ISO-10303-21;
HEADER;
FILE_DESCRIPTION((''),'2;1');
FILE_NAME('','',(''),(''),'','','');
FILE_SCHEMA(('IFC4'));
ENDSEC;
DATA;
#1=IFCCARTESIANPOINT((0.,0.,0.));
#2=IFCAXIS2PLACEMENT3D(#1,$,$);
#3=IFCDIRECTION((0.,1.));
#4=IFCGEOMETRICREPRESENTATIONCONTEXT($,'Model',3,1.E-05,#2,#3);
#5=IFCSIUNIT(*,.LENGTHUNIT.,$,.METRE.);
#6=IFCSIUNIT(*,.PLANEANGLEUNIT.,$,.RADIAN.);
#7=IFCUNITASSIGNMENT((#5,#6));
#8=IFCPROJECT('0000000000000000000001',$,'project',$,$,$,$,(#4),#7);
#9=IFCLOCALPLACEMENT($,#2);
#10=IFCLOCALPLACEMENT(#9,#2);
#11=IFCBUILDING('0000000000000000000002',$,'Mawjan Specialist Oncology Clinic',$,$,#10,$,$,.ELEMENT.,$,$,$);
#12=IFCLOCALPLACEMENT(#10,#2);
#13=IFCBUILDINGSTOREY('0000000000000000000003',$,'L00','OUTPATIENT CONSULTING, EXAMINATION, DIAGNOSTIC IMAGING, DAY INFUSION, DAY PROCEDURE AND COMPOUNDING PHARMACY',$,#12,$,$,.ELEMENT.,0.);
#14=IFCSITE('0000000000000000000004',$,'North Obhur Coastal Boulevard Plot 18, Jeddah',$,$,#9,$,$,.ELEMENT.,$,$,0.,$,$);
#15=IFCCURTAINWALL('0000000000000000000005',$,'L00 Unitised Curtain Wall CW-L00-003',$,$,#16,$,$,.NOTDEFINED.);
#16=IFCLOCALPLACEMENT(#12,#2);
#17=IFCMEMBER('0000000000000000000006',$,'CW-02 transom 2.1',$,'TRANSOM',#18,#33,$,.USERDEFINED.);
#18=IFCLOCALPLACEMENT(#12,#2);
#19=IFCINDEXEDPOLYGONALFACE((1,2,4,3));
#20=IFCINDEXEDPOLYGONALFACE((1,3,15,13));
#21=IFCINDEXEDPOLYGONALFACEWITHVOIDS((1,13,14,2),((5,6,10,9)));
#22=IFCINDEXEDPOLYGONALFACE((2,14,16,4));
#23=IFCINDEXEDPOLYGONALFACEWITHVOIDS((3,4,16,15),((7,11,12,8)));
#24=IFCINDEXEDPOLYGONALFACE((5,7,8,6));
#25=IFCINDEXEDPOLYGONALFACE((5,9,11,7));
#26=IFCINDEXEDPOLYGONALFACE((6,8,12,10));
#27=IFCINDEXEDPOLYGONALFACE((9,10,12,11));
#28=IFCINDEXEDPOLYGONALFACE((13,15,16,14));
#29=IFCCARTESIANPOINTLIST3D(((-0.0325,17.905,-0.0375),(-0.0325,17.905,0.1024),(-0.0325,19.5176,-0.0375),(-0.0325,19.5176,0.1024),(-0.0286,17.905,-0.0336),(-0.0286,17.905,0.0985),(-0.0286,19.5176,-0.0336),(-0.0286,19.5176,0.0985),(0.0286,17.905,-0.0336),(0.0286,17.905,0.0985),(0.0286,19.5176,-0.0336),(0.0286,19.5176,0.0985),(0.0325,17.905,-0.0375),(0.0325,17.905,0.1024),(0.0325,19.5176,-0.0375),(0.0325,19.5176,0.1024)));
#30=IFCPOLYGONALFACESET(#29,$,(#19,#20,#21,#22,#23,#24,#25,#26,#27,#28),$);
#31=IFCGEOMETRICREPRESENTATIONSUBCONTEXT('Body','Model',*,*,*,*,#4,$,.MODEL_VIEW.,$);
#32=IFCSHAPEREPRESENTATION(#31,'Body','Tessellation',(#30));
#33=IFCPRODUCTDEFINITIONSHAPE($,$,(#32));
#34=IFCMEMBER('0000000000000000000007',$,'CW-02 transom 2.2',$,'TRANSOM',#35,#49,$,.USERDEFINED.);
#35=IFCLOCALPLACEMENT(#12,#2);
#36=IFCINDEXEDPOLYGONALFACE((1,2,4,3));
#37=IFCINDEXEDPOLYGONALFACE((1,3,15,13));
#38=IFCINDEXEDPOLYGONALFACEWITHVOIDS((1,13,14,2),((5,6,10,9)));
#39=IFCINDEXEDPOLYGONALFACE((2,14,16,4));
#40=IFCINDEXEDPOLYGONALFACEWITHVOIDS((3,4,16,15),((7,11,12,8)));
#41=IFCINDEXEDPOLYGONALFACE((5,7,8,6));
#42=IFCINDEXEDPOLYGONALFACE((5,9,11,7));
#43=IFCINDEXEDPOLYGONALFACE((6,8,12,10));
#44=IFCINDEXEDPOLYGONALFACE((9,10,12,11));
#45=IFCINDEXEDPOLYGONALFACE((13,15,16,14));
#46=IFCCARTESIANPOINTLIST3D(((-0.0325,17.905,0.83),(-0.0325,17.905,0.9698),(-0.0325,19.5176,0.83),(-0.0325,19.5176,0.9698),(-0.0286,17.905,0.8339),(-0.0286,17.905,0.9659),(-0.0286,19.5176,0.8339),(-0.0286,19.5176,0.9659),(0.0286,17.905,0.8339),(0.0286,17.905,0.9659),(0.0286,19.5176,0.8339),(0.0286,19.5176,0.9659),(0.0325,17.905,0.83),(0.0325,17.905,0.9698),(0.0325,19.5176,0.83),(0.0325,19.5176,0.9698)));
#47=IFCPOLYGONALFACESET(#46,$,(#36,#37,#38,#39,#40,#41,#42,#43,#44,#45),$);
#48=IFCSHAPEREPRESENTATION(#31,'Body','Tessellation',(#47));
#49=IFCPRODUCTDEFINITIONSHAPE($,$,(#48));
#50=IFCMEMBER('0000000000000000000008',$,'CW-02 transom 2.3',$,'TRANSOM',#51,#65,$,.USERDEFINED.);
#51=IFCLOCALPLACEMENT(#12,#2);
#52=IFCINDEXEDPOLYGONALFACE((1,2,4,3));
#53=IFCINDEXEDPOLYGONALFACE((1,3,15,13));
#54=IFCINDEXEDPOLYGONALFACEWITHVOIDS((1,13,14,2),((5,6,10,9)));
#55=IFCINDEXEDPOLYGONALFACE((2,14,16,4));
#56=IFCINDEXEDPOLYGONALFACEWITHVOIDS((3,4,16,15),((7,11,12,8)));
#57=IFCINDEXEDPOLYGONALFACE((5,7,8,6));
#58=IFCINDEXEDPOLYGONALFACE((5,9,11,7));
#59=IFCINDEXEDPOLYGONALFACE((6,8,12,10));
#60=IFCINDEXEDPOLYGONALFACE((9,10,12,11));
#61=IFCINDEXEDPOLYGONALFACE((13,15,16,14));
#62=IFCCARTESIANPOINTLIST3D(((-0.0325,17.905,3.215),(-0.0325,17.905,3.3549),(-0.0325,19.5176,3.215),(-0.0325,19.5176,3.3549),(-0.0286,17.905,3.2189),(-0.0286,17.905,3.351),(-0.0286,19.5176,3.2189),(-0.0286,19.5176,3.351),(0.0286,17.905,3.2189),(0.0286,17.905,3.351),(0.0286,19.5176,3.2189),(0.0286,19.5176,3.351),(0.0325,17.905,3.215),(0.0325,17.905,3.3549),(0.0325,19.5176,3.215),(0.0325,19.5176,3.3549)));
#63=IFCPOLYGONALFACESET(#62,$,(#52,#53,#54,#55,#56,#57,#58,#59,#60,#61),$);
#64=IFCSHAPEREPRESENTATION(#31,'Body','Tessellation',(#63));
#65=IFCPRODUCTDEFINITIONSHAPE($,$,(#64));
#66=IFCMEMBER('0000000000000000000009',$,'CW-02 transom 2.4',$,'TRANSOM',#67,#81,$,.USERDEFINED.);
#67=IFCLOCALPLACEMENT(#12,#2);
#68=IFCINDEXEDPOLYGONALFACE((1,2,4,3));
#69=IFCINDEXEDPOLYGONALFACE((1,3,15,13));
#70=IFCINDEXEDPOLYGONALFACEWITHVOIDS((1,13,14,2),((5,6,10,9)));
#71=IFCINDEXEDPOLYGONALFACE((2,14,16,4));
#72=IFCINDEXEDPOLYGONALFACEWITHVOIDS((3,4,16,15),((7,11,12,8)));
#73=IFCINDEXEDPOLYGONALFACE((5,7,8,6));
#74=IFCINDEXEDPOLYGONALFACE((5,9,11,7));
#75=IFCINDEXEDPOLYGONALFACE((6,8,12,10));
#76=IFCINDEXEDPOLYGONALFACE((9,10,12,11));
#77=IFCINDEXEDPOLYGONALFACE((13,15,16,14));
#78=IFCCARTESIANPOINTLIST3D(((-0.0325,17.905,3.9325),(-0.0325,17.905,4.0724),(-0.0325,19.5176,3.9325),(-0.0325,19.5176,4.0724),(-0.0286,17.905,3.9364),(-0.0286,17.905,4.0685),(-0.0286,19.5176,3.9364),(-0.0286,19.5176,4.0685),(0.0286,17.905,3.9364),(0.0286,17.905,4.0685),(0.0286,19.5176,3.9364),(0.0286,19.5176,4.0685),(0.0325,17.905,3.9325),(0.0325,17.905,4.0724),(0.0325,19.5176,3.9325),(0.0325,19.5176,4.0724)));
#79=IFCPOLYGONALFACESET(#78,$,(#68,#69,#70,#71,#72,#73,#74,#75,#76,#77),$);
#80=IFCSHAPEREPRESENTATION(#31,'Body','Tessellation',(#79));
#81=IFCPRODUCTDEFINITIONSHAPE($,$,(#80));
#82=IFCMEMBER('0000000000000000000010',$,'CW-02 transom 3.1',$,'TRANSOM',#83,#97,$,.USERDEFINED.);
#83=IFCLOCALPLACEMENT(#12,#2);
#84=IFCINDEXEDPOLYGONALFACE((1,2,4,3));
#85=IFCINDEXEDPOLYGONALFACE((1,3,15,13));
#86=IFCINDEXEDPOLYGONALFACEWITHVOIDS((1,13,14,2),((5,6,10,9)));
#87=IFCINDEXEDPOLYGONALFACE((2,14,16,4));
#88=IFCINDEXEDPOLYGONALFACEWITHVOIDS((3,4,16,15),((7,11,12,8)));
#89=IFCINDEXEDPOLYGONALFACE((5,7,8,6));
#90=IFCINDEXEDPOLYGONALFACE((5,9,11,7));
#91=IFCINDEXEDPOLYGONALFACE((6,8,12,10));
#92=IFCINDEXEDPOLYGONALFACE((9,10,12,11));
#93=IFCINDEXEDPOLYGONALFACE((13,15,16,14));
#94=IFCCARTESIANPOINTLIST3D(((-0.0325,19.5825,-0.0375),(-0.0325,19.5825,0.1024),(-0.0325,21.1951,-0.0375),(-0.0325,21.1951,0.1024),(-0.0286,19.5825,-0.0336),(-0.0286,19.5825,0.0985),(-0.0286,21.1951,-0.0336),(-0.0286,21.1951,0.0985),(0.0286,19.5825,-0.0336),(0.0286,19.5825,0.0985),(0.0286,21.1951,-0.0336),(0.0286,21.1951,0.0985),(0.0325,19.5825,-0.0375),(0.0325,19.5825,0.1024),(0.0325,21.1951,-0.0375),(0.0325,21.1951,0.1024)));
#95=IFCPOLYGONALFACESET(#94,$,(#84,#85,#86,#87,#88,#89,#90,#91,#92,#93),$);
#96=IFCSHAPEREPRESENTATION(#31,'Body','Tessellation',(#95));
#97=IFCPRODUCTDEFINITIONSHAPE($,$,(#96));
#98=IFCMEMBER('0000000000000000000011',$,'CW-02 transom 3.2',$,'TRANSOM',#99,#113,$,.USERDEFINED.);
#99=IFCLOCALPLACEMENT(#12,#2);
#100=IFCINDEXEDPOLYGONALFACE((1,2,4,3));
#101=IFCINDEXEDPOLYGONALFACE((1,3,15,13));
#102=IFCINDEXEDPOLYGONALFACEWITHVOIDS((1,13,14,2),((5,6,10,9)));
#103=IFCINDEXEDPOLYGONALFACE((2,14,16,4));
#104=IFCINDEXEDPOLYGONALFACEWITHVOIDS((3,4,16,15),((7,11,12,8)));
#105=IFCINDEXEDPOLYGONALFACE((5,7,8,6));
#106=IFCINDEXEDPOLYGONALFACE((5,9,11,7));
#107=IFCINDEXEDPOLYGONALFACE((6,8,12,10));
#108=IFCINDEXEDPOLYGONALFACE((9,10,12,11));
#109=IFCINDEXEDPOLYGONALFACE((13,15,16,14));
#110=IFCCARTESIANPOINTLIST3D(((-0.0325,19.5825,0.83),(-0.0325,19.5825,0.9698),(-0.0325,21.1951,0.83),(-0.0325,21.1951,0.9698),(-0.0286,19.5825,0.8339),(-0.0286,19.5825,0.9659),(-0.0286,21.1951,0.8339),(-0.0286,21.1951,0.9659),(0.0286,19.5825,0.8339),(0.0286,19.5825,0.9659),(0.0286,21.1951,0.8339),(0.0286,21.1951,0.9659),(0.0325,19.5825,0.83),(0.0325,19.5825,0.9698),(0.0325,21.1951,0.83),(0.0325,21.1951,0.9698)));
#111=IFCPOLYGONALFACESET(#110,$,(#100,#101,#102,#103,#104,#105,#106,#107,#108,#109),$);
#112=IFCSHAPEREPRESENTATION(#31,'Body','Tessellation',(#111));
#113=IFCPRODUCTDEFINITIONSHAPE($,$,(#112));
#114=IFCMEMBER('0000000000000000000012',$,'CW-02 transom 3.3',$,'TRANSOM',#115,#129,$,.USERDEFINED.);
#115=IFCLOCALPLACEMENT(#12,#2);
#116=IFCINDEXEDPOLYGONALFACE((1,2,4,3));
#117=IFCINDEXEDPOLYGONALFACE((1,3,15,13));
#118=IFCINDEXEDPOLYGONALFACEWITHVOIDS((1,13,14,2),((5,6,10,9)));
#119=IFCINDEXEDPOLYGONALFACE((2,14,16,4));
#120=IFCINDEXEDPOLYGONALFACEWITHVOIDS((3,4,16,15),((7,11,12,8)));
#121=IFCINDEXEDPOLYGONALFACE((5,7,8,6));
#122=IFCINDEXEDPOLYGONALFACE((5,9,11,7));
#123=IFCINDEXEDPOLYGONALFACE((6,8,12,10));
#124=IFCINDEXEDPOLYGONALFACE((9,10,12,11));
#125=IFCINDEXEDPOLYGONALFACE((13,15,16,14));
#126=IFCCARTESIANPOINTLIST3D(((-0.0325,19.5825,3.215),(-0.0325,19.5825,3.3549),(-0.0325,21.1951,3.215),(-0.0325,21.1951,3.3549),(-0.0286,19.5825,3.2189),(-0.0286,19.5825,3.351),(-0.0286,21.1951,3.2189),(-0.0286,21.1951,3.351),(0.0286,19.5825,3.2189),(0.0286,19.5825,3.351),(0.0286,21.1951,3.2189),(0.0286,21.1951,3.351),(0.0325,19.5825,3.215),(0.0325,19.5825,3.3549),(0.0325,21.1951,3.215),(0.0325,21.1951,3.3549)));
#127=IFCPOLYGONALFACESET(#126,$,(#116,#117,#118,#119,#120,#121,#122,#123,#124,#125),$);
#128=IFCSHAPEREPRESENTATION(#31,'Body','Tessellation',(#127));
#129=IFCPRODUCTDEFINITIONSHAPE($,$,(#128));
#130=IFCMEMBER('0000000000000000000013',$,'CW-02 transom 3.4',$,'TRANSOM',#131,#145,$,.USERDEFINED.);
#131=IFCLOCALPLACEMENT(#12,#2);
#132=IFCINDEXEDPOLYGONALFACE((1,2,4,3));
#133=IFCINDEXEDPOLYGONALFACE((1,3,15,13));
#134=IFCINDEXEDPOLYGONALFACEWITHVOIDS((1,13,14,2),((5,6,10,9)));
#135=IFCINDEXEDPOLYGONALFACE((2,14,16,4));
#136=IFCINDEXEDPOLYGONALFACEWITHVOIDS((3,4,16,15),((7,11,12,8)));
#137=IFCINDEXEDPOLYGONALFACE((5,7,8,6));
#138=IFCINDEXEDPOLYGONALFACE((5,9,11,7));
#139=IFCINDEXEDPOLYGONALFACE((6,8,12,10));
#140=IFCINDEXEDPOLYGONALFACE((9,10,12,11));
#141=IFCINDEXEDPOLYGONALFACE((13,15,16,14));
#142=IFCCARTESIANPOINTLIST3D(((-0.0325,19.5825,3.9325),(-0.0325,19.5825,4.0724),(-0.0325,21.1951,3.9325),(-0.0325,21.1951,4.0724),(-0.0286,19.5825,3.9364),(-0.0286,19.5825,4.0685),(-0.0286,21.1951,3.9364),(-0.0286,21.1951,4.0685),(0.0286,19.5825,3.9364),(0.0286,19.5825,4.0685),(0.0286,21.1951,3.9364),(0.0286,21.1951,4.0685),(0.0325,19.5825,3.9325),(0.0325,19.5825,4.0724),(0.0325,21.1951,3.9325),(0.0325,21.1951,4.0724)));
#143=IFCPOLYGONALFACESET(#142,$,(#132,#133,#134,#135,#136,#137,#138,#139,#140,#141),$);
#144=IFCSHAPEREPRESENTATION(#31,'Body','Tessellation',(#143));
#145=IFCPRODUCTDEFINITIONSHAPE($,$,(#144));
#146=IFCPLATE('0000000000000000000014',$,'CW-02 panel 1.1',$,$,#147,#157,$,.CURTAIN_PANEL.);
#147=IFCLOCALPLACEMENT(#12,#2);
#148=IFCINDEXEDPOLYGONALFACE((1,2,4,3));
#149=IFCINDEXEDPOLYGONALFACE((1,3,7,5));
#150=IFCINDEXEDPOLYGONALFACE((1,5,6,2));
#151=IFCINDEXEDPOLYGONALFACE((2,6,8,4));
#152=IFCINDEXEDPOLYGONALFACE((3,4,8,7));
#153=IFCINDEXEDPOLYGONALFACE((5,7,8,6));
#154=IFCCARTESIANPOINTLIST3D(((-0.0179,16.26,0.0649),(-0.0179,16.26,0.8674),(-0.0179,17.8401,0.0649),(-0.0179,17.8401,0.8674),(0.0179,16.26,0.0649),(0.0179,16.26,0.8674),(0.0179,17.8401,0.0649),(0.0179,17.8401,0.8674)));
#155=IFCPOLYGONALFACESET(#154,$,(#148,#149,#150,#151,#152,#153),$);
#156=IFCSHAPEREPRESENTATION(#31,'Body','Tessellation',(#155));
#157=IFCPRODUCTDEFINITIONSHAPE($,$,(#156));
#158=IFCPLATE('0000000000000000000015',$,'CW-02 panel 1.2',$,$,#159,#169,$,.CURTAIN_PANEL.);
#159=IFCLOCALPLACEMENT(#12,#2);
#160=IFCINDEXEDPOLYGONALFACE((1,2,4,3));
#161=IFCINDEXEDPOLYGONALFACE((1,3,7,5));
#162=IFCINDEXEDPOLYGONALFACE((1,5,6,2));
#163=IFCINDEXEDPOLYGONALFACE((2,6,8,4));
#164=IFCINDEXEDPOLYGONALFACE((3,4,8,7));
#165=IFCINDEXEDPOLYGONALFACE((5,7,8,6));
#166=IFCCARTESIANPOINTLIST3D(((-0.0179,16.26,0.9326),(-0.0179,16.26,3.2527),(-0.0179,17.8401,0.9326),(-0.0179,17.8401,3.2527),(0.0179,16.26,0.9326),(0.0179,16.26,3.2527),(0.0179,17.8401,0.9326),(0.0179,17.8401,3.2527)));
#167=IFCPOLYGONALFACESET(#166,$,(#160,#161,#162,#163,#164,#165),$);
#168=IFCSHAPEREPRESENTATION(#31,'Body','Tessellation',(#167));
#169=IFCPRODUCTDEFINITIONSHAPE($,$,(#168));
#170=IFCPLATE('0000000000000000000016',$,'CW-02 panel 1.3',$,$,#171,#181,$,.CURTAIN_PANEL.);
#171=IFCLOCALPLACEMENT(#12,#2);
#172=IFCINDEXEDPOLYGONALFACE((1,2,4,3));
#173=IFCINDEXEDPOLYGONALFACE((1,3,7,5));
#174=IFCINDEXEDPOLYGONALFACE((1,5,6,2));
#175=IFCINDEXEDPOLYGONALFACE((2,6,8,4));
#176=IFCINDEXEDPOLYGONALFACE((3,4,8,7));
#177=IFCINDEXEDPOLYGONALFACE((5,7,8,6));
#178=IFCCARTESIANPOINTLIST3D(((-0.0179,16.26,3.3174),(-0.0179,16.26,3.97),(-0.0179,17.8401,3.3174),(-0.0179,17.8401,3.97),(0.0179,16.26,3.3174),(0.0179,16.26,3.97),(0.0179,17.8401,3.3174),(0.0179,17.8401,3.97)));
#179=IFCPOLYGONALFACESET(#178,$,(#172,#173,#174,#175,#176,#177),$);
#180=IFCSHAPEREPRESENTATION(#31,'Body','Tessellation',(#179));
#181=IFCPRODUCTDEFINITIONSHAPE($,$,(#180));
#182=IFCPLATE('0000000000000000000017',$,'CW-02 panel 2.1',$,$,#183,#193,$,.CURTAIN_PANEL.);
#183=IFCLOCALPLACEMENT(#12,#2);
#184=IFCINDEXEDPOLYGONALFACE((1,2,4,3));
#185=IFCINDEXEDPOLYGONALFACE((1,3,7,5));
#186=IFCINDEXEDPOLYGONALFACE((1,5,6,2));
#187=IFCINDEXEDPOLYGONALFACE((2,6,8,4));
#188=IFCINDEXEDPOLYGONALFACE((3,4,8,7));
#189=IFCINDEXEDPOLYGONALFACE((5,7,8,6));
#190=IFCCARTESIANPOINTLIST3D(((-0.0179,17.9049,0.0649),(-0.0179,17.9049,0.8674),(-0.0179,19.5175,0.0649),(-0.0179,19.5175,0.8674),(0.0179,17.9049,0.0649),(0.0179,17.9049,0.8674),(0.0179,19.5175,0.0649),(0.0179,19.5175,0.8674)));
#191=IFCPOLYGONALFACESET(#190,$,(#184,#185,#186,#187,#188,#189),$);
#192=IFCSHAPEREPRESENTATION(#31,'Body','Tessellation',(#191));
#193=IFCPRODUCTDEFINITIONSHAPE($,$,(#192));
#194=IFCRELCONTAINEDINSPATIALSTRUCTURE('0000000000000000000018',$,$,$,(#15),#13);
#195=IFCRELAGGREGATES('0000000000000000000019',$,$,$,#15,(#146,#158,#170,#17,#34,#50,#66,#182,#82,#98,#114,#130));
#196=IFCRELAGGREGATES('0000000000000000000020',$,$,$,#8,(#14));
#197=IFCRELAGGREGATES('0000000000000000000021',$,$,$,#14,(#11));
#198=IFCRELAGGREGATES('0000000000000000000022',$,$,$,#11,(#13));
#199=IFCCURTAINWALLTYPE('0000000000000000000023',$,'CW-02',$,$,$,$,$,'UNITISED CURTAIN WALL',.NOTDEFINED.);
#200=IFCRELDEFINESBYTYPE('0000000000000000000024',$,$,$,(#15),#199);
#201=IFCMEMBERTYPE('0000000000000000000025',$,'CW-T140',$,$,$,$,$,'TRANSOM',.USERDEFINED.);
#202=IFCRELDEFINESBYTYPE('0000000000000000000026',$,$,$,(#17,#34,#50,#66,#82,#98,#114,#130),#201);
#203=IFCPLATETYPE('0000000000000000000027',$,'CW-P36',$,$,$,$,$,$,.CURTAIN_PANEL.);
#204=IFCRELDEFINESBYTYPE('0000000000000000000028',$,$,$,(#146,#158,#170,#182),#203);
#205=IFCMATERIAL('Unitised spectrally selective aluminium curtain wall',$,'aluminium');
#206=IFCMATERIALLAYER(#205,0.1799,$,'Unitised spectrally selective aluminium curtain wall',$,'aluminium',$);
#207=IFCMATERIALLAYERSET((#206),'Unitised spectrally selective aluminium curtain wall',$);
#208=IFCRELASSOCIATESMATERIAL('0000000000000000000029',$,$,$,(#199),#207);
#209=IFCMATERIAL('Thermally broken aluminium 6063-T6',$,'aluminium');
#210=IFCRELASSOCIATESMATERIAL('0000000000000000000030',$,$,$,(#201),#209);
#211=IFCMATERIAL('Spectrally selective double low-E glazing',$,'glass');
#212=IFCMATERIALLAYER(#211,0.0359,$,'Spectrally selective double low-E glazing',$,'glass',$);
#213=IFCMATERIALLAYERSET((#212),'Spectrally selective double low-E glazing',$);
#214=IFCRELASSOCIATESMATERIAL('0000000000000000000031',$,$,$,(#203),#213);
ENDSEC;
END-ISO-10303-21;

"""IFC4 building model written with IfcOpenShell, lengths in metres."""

from ifc_helpers import new_model, si_unit, direction, frame, origin, origin_2d, place, context, subcontext, project, spatial, rectangle, hollow_rectangle, extrude, material, layer, layer_set, material_profile, profile_set, type_object, element, aggregate, save


model = new_model("IFC4")

# Units and contexts
model_context = context("Model", 3, precision=1e-05, world=origin(), true_north=direction((0.0, 1.0)))
body_context = subcontext(model_context, "Body", "Model", "MODEL_VIEW")
ifc_project = project(units=[si_unit("LENGTHUNIT", "METRE"), si_unit("PLANEANGLEUNIT", "RADIAN")], contexts=[model_context])

# Site, building, storey
site_placement = place(None, origin())
site = spatial("IfcSite", under=ifc_project, at=site_placement, Name="North Obhur Coastal Boulevard Plot 18, Jeddah", CompositionType="ELEMENT", RefElevation=0.0)
building_placement = place(site_placement, origin())
building = spatial("IfcBuilding", under=site, at=building_placement, Name="Mawjan Specialist Oncology Clinic", CompositionType="ELEMENT")
storey_placement = place(building_placement, origin())
storey = spatial("IfcBuildingStorey", under=building, at=storey_placement, Name="L00", Description="OUTPATIENT CONSULTING, EXAMINATION, DIAGNOSTIC IMAGING, DAY INFUSION, DAY PROCEDURE AND COMPOUNDING PHARMACY", CompositionType="ELEMENT", Elevation=0.0)

# Curtain wall, members, plates
ifc_material_1 = material(Name="Unitised spectrally selective aluminium curtain wall", Category="aluminium")
ifc_layer_1 = layer(ifc_material_1, 0.1799, Name="Unitised spectrally selective aluminium curtain wall", Category="aluminium")
ifc_layer_set_1 = layer_set([ifc_layer_1], Name="Unitised spectrally selective aluminium curtain wall")
curtain_wall_type = type_object("IfcCurtainWallType", Name="CW-02", ElementType="UNITISED CURTAIN WALL", PredefinedType="NOTDEFINED", material=ifc_layer_set_1)
curtain_wall_placement = place(storey_placement, origin())
curtain_wall = element("IfcCurtainWall", 1, at=curtain_wall_placement, inside=storey, type_object=curtain_wall_type, Name="L00 Unitised Curtain Wall CW-L00-003", PredefinedType="NOTDEFINED")
ifc_material_2 = material(Name="Thermally broken aluminium 6063-T6", Category="aluminium")
ifc_material_profile_1 = material_profile(ifc_material_2, hollow_rectangle(XDim=0.0649, YDim=0.1399, WallThickness=0.0039, at=origin_2d()), Name="ALU TRANSOM 140x65x4", Category="aluminium")
ifc_profile_set_1 = profile_set([ifc_material_profile_1], Name="Thermally broken aluminium 6063-T6")
member_type_1 = type_object("IfcMemberType", Name="CW-T140", ElementType="TRANSOM", PredefinedType="USERDEFINED", material=ifc_profile_set_1)
member_1_placement = place(storey_placement, frame((0.0, 17.905, 0.0325), z_axis=(0.0, 1.0, 0.0), x_axis=(-1.0, 0.0, 0.0)))
member_1 = element("IfcMember", 2, at=member_1_placement, type_object=member_type_1, Name="CW-02 transom 2.1", ObjectType="TRANSOM", PredefinedType="USERDEFINED", context=body_context, shape_type="SweptSolid", body=[
    extrude(hollow_rectangle(XDim=0.0649, YDim=0.1399, WallThickness=0.0039, at=origin_2d()), origin(), (0.0, 0.0, 1.0), 1.6125),
])
member_2_placement = place(storey_placement, frame((0.0, 17.905, 0.8999), z_axis=(0.0, 1.0, 0.0), x_axis=(-1.0, 0.0, 0.0)))
member_2 = element("IfcMember", 3, at=member_2_placement, type_object=member_type_1, Name="CW-02 transom 2.2", ObjectType="TRANSOM", PredefinedType="USERDEFINED", context=body_context, shape_type="SweptSolid", body=[
    extrude(hollow_rectangle(XDim=0.0649, YDim=0.1399, WallThickness=0.0039, at=origin_2d()), origin(), (0.0, 0.0, 1.0), 1.6125),
])
member_3_placement = place(storey_placement, frame((0.0, 17.905, 3.2849), z_axis=(0.0, 1.0, 0.0), x_axis=(-1.0, 0.0, 0.0)))
member_3 = element("IfcMember", 4, at=member_3_placement, type_object=member_type_1, Name="CW-02 transom 2.3", ObjectType="TRANSOM", PredefinedType="USERDEFINED", context=body_context, shape_type="SweptSolid", body=[
    extrude(hollow_rectangle(XDim=0.0649, YDim=0.1399, WallThickness=0.0039, at=origin_2d()), origin(), (0.0, 0.0, 1.0), 1.6125),
])
member_4_placement = place(storey_placement, frame((0.0, 17.905, 4.0024), z_axis=(0.0, 1.0, 0.0), x_axis=(-1.0, 0.0, 0.0)))
member_4 = element("IfcMember", 5, at=member_4_placement, type_object=member_type_1, Name="CW-02 transom 2.4", ObjectType="TRANSOM", PredefinedType="USERDEFINED", context=body_context, shape_type="SweptSolid", body=[
    extrude(hollow_rectangle(XDim=0.0649, YDim=0.1399, WallThickness=0.0039, at=origin_2d()), origin(), (0.0, 0.0, 1.0), 1.6125),
])
member_5_placement = place(storey_placement, frame((0.0, 19.5825, 0.0325), z_axis=(0.0, 1.0, 0.0), x_axis=(-1.0, 0.0, 0.0)))
member_5 = element("IfcMember", 6, at=member_5_placement, type_object=member_type_1, Name="CW-02 transom 3.1", ObjectType="TRANSOM", PredefinedType="USERDEFINED", context=body_context, shape_type="SweptSolid", body=[
    extrude(hollow_rectangle(XDim=0.0649, YDim=0.1399, WallThickness=0.0039, at=origin_2d()), origin(), (0.0, 0.0, 1.0), 1.6125),
])
member_6_placement = place(storey_placement, frame((0.0, 19.5825, 0.8999), z_axis=(0.0, 1.0, 0.0), x_axis=(-1.0, 0.0, 0.0)))
member_6 = element("IfcMember", 7, at=member_6_placement, type_object=member_type_1, Name="CW-02 transom 3.2", ObjectType="TRANSOM", PredefinedType="USERDEFINED", context=body_context, shape_type="SweptSolid", body=[
    extrude(hollow_rectangle(XDim=0.0649, YDim=0.1399, WallThickness=0.0039, at=origin_2d()), origin(), (0.0, 0.0, 1.0), 1.6125),
])
member_7_placement = place(storey_placement, frame((0.0, 19.5825, 3.2849), z_axis=(0.0, 1.0, 0.0), x_axis=(-1.0, 0.0, 0.0)))
member_7 = element("IfcMember", 8, at=member_7_placement, type_object=member_type_1, Name="CW-02 transom 3.3", ObjectType="TRANSOM", PredefinedType="USERDEFINED", context=body_context, shape_type="SweptSolid", body=[
    extrude(hollow_rectangle(XDim=0.0649, YDim=0.1399, WallThickness=0.0039, at=origin_2d()), origin(), (0.0, 0.0, 1.0), 1.6125),
])
member_8_placement = place(storey_placement, frame((0.0, 19.5825, 4.0024), z_axis=(0.0, 1.0, 0.0), x_axis=(-1.0, 0.0, 0.0)))
member_8 = element("IfcMember", 9, at=member_8_placement, type_object=member_type_1, Name="CW-02 transom 3.4", ObjectType="TRANSOM", PredefinedType="USERDEFINED", context=body_context, shape_type="SweptSolid", body=[
    extrude(hollow_rectangle(XDim=0.0649, YDim=0.1399, WallThickness=0.0039, at=origin_2d()), origin(), (0.0, 0.0, 1.0), 1.6125),
])
ifc_material_3 = material(Name="Spectrally selective double low-E glazing", Category="glass")
ifc_layer_2 = layer(ifc_material_3, 0.0359, Name="Spectrally selective double low-E glazing", Category="glass")
ifc_layer_set_2 = layer_set([ifc_layer_2], Name="Spectrally selective double low-E glazing")
plate_type = type_object("IfcPlateType", Name="CW-P36", PredefinedType="CURTAIN_PANEL", material=ifc_layer_set_2)
plate_1_placement = place(storey_placement, frame((0.0, 17.05, 0.0649), z_axis=(0.0, 0.0, 1.0), x_axis=(0.0, 1.0, 0.0)))
plate_1 = element("IfcPlate", 10, at=plate_1_placement, type_object=plate_type, Name="CW-02 panel 1.1", PredefinedType="CURTAIN_PANEL", context=body_context, shape_type="SweptSolid", body=[
    extrude(rectangle(XDim=1.5801, YDim=0.0359, at=origin_2d()), origin(), (0.0, 0.0, 1.0), 0.8025),
])
plate_2_placement = place(storey_placement, frame((0.0, 17.05, 0.9326), z_axis=(0.0, 0.0, 1.0), x_axis=(0.0, 1.0, 0.0)))
plate_2 = element("IfcPlate", 11, at=plate_2_placement, type_object=plate_type, Name="CW-02 panel 1.2", PredefinedType="CURTAIN_PANEL", context=body_context, shape_type="SweptSolid", body=[
    extrude(rectangle(XDim=1.5801, YDim=0.0359, at=origin_2d()), origin(), (0.0, 0.0, 1.0), 2.3201),
])
plate_3_placement = place(storey_placement, frame((0.0, 17.05, 3.3174), z_axis=(0.0, 0.0, 1.0), x_axis=(0.0, 1.0, 0.0)))
plate_3 = element("IfcPlate", 12, at=plate_3_placement, type_object=plate_type, Name="CW-02 panel 1.3", PredefinedType="CURTAIN_PANEL", context=body_context, shape_type="SweptSolid", body=[
    extrude(rectangle(XDim=1.5801, YDim=0.0359, at=origin_2d()), origin(), (0.0, 0.0, 1.0), 0.6526),
])
plate_4_placement = place(storey_placement, frame((0.0, 18.7112, 0.0649), z_axis=(0.0, 0.0, 1.0), x_axis=(0.0, 1.0, 0.0)))
plate_4 = element("IfcPlate", 13, at=plate_4_placement, type_object=plate_type, Name="CW-02 panel 2.1", PredefinedType="CURTAIN_PANEL", context=body_context, shape_type="SweptSolid", body=[
    extrude(rectangle(XDim=1.6125, YDim=0.0359, at=origin_2d()), origin(), (0.0, 0.0, 1.0), 0.8025),
])
aggregate(curtain_wall, [plate_1, plate_2, plate_3, member_1, member_2, member_3, member_4, plate_4, member_5, member_6, member_7, member_8])

save(model, "model.ifc")
